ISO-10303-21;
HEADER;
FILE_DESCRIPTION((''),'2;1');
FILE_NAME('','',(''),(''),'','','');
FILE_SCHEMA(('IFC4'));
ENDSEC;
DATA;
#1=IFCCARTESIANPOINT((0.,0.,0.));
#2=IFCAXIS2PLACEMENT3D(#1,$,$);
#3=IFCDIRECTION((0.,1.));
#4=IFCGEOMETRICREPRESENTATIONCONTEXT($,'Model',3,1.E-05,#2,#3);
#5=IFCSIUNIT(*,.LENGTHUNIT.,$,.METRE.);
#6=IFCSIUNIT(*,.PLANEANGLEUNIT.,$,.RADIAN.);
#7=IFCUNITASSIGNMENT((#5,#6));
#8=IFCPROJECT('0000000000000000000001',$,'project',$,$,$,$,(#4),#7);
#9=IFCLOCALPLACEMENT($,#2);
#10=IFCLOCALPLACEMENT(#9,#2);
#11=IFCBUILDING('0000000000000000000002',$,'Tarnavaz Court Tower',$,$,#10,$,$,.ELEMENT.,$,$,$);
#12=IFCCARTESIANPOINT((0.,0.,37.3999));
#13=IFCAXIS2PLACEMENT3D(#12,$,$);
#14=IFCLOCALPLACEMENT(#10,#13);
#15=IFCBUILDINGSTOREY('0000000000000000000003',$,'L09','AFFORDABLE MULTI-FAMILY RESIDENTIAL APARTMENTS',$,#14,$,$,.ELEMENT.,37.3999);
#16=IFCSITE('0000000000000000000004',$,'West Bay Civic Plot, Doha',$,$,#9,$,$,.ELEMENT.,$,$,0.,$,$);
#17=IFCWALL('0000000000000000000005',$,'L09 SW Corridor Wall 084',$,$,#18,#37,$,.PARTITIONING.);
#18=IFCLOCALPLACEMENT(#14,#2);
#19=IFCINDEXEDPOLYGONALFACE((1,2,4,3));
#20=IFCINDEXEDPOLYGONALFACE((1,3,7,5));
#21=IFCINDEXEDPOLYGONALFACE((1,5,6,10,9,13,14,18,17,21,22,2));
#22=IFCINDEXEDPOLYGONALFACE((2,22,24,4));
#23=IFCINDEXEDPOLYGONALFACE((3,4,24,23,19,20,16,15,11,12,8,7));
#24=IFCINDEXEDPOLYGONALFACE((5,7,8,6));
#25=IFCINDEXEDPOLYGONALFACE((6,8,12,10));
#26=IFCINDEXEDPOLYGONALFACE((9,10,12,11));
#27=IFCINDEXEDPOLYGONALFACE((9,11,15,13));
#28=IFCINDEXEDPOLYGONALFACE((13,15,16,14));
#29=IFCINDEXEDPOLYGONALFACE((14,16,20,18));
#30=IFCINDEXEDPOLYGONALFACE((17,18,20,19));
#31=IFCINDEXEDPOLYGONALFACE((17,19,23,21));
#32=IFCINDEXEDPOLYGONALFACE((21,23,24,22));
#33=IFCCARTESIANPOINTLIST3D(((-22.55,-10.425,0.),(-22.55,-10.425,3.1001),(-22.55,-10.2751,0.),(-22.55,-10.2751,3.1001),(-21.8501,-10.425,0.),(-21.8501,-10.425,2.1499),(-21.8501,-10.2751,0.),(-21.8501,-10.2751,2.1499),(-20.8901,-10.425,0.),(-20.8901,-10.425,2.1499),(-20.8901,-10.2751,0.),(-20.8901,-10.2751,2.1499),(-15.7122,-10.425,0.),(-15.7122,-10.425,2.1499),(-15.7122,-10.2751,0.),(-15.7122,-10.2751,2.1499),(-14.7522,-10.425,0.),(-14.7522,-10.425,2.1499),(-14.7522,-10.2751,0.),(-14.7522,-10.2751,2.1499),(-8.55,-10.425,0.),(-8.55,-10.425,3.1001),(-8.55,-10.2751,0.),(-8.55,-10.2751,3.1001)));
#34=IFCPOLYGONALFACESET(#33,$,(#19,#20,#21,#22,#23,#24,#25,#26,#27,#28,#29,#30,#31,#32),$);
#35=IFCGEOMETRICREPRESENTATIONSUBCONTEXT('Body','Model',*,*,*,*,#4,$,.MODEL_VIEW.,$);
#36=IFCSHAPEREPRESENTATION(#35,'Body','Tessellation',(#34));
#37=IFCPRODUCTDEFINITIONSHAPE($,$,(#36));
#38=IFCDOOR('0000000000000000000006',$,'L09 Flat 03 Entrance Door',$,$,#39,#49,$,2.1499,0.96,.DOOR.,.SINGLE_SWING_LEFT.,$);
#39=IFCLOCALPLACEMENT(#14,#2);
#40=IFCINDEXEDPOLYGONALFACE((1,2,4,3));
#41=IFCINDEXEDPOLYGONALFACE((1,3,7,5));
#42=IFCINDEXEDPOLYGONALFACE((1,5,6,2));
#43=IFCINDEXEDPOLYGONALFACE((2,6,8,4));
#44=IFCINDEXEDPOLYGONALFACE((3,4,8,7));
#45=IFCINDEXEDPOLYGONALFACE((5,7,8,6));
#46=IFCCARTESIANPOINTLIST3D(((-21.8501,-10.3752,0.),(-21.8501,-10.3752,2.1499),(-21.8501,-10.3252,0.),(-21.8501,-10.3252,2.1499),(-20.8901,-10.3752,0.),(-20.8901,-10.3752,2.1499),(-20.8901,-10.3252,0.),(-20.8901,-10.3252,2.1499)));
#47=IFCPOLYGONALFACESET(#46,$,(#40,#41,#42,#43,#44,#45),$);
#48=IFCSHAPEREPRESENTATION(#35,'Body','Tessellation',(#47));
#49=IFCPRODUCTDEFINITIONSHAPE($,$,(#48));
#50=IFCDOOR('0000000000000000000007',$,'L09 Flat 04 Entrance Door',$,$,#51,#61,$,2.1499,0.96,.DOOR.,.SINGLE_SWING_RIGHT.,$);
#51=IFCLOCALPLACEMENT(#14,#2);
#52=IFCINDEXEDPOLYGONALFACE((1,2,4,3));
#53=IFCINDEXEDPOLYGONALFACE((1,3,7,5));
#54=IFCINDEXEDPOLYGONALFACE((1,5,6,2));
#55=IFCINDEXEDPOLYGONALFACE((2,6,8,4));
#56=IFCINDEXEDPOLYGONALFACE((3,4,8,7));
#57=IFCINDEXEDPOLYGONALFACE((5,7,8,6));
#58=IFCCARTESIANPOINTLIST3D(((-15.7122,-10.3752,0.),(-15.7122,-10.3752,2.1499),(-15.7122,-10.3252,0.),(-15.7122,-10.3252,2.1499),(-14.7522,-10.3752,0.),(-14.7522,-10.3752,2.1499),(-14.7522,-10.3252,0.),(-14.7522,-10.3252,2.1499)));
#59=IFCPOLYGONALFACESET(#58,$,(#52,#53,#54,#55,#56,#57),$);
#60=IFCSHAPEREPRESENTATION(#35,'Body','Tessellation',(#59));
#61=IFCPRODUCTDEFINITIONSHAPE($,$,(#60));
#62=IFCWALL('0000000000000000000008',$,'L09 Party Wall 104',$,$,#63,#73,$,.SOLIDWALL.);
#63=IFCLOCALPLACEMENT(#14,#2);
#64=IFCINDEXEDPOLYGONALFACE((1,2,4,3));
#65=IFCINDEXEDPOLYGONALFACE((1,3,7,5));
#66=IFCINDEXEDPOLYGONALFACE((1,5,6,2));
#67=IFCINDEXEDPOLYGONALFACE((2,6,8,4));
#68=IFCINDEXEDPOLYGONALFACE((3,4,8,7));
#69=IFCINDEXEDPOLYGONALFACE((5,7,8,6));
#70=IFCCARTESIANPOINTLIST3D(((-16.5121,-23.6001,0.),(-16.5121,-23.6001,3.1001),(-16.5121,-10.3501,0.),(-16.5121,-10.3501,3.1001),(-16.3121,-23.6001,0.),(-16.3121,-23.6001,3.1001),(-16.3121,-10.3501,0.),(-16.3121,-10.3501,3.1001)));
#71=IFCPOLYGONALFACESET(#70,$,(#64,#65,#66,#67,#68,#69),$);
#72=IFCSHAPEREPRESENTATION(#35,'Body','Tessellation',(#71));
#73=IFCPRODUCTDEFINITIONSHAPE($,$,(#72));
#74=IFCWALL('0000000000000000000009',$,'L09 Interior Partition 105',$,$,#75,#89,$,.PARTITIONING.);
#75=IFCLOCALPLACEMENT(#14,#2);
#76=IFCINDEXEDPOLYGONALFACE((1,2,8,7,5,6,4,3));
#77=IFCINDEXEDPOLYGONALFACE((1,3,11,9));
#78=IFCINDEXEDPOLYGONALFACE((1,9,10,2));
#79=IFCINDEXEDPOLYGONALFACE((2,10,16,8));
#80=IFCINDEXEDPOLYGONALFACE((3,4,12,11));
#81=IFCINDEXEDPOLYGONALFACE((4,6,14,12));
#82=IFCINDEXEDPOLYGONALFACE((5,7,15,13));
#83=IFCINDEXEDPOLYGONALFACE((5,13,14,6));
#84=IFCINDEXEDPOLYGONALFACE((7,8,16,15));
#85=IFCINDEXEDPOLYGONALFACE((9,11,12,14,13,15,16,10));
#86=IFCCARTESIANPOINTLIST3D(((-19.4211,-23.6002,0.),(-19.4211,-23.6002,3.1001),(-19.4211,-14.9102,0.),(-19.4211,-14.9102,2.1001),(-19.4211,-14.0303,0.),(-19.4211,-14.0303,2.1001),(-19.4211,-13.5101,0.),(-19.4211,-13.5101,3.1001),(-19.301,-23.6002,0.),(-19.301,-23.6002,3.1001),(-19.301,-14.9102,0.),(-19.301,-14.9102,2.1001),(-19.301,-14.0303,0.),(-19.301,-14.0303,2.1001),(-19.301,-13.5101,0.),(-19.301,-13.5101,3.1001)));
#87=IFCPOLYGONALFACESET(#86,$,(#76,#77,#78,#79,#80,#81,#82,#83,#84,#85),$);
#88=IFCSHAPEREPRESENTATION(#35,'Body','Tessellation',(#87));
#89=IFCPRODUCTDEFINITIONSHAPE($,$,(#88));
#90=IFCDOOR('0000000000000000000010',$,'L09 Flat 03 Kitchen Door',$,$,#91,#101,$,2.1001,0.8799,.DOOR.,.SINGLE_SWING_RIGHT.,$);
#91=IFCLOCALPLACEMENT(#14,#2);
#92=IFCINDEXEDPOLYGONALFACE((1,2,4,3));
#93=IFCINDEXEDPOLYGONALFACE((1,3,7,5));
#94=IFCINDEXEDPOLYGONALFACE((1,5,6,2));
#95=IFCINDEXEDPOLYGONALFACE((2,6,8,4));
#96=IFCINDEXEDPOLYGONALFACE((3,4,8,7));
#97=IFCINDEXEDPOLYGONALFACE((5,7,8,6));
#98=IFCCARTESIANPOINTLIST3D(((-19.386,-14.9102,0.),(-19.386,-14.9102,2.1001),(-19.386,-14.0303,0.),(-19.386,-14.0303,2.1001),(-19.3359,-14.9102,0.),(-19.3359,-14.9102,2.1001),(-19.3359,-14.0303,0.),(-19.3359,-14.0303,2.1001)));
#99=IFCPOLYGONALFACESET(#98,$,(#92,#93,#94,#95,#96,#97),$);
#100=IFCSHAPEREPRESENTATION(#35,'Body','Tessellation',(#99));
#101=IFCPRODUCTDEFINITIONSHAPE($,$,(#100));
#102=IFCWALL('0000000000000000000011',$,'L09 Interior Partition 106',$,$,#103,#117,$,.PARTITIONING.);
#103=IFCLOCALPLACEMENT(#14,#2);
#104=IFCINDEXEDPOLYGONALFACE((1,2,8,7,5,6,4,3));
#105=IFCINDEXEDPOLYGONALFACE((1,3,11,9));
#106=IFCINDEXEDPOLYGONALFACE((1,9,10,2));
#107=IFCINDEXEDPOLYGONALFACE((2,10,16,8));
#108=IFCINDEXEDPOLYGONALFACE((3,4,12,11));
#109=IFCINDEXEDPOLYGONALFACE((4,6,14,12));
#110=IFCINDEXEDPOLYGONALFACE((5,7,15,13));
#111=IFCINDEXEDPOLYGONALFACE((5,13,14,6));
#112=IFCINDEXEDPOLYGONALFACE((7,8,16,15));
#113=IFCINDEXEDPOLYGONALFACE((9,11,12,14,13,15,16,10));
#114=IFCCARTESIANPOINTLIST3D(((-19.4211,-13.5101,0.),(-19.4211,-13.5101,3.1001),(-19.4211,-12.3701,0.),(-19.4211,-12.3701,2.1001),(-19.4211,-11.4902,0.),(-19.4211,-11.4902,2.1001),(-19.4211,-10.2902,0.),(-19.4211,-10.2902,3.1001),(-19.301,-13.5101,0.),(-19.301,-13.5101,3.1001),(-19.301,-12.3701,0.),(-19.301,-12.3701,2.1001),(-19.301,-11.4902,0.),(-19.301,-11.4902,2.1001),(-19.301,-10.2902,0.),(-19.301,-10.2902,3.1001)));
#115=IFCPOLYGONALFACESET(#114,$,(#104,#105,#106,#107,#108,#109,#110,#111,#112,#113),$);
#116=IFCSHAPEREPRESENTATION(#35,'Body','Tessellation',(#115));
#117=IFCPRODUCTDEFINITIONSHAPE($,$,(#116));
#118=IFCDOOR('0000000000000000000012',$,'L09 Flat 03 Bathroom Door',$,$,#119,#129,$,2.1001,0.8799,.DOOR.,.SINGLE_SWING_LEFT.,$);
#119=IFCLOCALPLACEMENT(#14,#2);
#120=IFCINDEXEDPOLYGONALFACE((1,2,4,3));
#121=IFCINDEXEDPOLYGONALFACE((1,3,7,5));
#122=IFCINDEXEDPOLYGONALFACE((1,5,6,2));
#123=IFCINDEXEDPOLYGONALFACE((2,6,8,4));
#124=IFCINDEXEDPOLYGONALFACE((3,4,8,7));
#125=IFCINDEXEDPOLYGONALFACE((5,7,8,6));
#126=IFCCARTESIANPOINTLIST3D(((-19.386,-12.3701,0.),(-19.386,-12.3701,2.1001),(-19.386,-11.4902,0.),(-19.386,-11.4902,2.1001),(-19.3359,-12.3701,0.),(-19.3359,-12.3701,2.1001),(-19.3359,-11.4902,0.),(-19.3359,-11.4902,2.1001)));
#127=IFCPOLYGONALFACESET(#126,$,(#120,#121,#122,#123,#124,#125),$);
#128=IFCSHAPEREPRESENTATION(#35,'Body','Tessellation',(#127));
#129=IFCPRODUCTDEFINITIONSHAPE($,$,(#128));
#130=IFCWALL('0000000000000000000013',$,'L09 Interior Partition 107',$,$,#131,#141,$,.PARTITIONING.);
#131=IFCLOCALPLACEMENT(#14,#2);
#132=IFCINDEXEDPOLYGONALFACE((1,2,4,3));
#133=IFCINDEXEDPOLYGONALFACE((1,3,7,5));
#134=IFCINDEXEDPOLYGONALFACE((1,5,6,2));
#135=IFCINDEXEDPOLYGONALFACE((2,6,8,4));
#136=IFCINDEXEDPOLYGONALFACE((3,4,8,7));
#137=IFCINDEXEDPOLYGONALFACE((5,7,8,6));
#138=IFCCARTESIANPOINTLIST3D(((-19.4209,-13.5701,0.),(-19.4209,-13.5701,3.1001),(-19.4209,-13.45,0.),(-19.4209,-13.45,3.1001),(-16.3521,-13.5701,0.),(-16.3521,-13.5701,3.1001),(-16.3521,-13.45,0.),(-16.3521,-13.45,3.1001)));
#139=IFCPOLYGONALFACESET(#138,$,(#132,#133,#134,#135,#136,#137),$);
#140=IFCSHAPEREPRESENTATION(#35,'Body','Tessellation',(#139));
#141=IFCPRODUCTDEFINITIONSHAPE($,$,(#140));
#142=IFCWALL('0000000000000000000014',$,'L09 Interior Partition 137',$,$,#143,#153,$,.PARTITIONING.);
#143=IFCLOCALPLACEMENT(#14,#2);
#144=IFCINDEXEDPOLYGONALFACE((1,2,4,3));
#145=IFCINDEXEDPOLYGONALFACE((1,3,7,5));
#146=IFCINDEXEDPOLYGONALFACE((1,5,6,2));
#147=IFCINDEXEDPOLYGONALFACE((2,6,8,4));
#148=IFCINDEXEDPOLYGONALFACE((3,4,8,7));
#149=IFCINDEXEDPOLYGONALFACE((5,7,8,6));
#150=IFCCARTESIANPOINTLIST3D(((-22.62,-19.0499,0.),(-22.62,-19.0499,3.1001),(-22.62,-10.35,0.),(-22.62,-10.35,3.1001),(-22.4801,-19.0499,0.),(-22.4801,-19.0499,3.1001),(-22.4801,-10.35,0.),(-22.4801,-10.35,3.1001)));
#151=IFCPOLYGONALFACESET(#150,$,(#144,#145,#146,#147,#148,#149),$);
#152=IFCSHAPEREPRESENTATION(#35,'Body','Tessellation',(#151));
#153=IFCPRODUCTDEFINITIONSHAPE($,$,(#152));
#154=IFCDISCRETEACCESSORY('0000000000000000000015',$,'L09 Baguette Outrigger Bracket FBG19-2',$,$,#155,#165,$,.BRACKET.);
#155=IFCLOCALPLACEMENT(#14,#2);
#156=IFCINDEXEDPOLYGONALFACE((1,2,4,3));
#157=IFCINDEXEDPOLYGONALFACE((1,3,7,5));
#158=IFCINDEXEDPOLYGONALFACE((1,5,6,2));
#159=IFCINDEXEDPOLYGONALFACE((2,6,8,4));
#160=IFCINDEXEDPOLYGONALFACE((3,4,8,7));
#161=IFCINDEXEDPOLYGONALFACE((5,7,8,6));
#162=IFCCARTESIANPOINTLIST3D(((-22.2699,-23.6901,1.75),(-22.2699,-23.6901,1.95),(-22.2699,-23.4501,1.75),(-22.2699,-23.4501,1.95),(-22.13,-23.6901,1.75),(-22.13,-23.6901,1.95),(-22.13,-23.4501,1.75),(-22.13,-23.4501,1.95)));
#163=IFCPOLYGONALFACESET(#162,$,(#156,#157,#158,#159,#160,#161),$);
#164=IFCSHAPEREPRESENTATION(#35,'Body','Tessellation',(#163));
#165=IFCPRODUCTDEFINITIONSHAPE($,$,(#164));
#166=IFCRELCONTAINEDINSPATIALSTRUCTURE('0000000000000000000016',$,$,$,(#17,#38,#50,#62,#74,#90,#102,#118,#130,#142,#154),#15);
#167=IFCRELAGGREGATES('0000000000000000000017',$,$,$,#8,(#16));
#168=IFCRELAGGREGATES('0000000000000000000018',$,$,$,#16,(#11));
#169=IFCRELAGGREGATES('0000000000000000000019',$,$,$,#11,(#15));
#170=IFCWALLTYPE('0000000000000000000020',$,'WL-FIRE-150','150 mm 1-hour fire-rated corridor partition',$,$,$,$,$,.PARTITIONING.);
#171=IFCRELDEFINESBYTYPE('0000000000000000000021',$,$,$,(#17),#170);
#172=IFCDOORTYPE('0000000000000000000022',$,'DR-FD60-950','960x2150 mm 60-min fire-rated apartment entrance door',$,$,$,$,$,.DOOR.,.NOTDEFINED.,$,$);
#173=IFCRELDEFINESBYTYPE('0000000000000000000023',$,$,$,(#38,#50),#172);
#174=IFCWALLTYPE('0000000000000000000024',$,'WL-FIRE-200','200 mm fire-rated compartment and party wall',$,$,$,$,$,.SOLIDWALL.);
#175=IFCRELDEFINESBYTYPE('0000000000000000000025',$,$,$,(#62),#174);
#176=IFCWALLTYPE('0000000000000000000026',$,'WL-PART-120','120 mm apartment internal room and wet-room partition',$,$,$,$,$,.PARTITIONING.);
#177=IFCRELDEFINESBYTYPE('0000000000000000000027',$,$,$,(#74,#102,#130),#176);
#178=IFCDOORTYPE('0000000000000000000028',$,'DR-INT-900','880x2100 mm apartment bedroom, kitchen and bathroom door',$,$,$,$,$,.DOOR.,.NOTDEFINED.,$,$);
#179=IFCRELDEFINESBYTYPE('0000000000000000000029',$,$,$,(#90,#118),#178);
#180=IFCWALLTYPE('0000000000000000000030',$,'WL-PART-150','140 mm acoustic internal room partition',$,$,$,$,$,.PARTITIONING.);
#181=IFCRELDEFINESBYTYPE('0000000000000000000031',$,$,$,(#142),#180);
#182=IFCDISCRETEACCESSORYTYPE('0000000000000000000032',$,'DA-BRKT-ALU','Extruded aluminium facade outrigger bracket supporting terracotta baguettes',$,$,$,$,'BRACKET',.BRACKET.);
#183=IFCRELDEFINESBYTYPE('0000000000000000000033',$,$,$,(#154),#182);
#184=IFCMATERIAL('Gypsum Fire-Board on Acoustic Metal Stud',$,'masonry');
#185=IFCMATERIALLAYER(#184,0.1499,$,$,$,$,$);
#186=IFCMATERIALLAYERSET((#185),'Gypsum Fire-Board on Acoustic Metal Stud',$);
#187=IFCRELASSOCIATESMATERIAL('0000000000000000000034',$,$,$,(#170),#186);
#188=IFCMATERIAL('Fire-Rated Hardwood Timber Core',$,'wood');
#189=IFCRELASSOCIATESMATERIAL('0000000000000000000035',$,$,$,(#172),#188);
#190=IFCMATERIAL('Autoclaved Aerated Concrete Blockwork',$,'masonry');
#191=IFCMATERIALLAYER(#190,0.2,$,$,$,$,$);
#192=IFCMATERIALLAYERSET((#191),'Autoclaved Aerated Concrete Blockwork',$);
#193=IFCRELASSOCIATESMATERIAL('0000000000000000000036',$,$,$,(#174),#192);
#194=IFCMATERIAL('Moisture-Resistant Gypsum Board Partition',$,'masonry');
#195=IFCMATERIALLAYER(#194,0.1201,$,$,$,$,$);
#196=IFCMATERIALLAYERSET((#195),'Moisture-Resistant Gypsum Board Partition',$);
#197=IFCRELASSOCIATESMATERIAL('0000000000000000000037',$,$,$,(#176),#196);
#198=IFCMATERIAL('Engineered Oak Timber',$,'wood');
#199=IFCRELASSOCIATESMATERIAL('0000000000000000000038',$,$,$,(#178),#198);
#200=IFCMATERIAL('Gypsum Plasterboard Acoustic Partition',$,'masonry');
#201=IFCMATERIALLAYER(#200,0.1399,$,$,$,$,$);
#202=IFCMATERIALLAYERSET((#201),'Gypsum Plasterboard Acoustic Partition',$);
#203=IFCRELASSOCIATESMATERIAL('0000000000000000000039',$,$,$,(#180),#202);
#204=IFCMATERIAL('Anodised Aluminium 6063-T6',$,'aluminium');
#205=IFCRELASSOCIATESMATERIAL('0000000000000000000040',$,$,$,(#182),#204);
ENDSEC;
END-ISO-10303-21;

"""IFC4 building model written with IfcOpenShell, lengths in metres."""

from ifc_helpers import new_model, si_unit, direction, frame, frame_2d, origin, origin_2d, place, context, subcontext, project, spatial, rectangle, extrude, material, layer, layer_set, type_object, element, fill, save


model = new_model("IFC4")

# Units and contexts
model_context = context("Model", 3, precision=1e-05, world=origin(), true_north=direction((0.0, 1.0)))
body_context = subcontext(model_context, "Body", "Model", "MODEL_VIEW")
ifc_project = project(units=[si_unit("LENGTHUNIT", "METRE"), si_unit("PLANEANGLEUNIT", "RADIAN")], contexts=[model_context])

# Site, building, storey
site_placement = place(None, origin())
site = spatial("IfcSite", under=ifc_project, at=site_placement, Name="West Bay Civic Plot, Doha", CompositionType="ELEMENT", RefElevation=0.0)
building_placement = place(site_placement, origin())
building = spatial("IfcBuilding", under=site, at=building_placement, Name="Tarnavaz Court Tower", CompositionType="ELEMENT")
storey_placement = place(building_placement, frame((0.0, 0.0, 37.3999)))
storey = spatial("IfcBuildingStorey", under=building, at=storey_placement, Name="L09", Description="AFFORDABLE MULTI-FAMILY RESIDENTIAL APARTMENTS", CompositionType="ELEMENT", Elevation=37.3999)

# Wall, openings, doors
ifc_material_1 = material(Name="Gypsum Fire-Board on Acoustic Metal Stud", Category="masonry")
ifc_layer_1 = layer(ifc_material_1, 0.1499)
ifc_layer_set_1 = layer_set([ifc_layer_1], Name="Gypsum Fire-Board on Acoustic Metal Stud")
wall_type_1 = type_object("IfcWallType", Name="WL-FIRE-150", Description="150 mm 1-hour fire-rated corridor partition", PredefinedType="PARTITIONING", material=ifc_layer_set_1)
wall_1_placement = place(storey_placement, frame((-22.55, -10.3501, 0.0), z_axis=(0.0, 0.0, 1.0), x_axis=(1.0, 0.0, 0.0)))
wall_1 = element("IfcWall", 1, at=wall_1_placement, inside=storey, type_object=wall_type_1, Name="L09 SW Corridor Wall 084", PredefinedType="PARTITIONING", context=body_context, shape_type="SweptSolid", body=[
    extrude(rectangle(XDim=14.0, YDim=0.1499, at=frame_2d((7.0, 0.0))), origin(), (0.0, 0.0, 1.0), 3.1001),
])
opening_1_placement = place(wall_1_placement, frame((0.7, 0.0, 0.0)))
opening_1 = element("IfcOpeningElement", 2, at=opening_1_placement, cuts=wall_1, PredefinedType="OPENING", context=body_context, shape_type="SweptSolid", body=[
    extrude(rectangle(XDim=0.96, YDim=2.1499, at=frame_2d((0.48, 1.075))), frame((0.0, 0.085, 0.0), z_axis=(0.0, -1.0, 0.0), x_axis=(1.0, 0.0, 0.0)), (0.0, 0.0, 1.0), 0.1699),
])
opening_2_placement = place(wall_1_placement, frame((6.8379, 0.0, 0.0)))
opening_2 = element("IfcOpeningElement", 3, at=opening_2_placement, cuts=wall_1, PredefinedType="OPENING", context=body_context, shape_type="SweptSolid", body=[
    extrude(rectangle(XDim=0.96, YDim=2.1499, at=frame_2d((0.48, 1.075))), frame((0.0, 0.085, 0.0), z_axis=(0.0, -1.0, 0.0), x_axis=(1.0, 0.0, 0.0)), (0.0, 0.0, 1.0), 0.1699),
])
ifc_material_2 = material(Name="Fire-Rated Hardwood Timber Core", Category="wood")
door_type_1 = type_object("IfcDoorType", Name="DR-FD60-950", Description="960x2150 mm 60-min fire-rated apartment entrance door", OperationType="NOTDEFINED", PredefinedType="DOOR", material=ifc_material_2)
door_1_placement = place(opening_1_placement, origin())
door_1 = element("IfcDoor", 4, at=door_1_placement, inside=storey, type_object=door_type_1, Name="L09 Flat 03 Entrance Door", OperationType="SINGLE_SWING_LEFT", OverallHeight=2.1499, OverallWidth=0.96, PredefinedType="DOOR", context=body_context, shape_type="SweptSolid", body=[
    extrude(rectangle(XDim=0.96, YDim=2.1499, at=frame_2d((0.48, 1.075))), frame((0.0, 0.0249, 0.0), z_axis=(0.0, -1.0, 0.0), x_axis=(1.0, 0.0, 0.0)), (0.0, 0.0, 1.0), 0.05),
])
fill(opening_1, door_1)
door_2_placement = place(opening_2_placement, origin())
door_2 = element("IfcDoor", 5, at=door_2_placement, inside=storey, type_object=door_type_1, Name="L09 Flat 04 Entrance Door", OperationType="SINGLE_SWING_RIGHT", OverallHeight=2.1499, OverallWidth=0.96, PredefinedType="DOOR", context=body_context, shape_type="SweptSolid", body=[
    extrude(rectangle(XDim=0.96, YDim=2.1499, at=frame_2d((0.48, 1.075))), frame((0.0, 0.0249, 0.0), z_axis=(0.0, -1.0, 0.0), x_axis=(1.0, 0.0, 0.0)), (0.0, 0.0, 1.0), 0.05),
])
fill(opening_2, door_2)

# Wall
ifc_material_3 = material(Name="Autoclaved Aerated Concrete Blockwork", Category="masonry")
ifc_layer_2 = layer(ifc_material_3, 0.2)
ifc_layer_set_2 = layer_set([ifc_layer_2], Name="Autoclaved Aerated Concrete Blockwork")
wall_type_2 = type_object("IfcWallType", Name="WL-FIRE-200", Description="200 mm fire-rated compartment and party wall", PredefinedType="SOLIDWALL", material=ifc_layer_set_2)
wall_2_placement = place(storey_placement, frame((-16.4121, -23.6001, 0.0), z_axis=(0.0, 0.0, 1.0), x_axis=(0.0, 1.0, 0.0)))
element("IfcWall", 6, at=wall_2_placement, inside=storey, type_object=wall_type_2, Name="L09 Party Wall 104", PredefinedType="SOLIDWALL", context=body_context, shape_type="SweptSolid", body=[
    extrude(rectangle(XDim=13.25, YDim=0.2, at=frame_2d((6.625, 0.0))), origin(), (0.0, 0.0, 1.0), 3.1001),
])

# Walls, openings, doors
ifc_material_4 = material(Name="Moisture-Resistant Gypsum Board Partition", Category="masonry")
ifc_layer_3 = layer(ifc_material_4, 0.1201)
ifc_layer_set_3 = layer_set([ifc_layer_3], Name="Moisture-Resistant Gypsum Board Partition")
wall_type_3 = type_object("IfcWallType", Name="WL-PART-120", Description="120 mm apartment internal room and wet-room partition", PredefinedType="PARTITIONING", material=ifc_layer_set_3)
wall_3_placement = place(storey_placement, frame((-19.3611, -23.6001, 0.0), z_axis=(0.0, 0.0, 1.0), x_axis=(0.0, 1.0, 0.0)))
wall_3 = element("IfcWall", 7, at=wall_3_placement, inside=storey, type_object=wall_type_3, Name="L09 Interior Partition 105", PredefinedType="PARTITIONING", context=body_context, shape_type="SweptSolid", body=[
    extrude(rectangle(XDim=10.0901, YDim=0.1201, at=frame_2d((5.0449, 0.0))), origin(), (0.0, 0.0, 1.0), 3.1001),
])
opening_3_placement = place(wall_3_placement, frame((8.6899, 0.0, 0.0)))
opening_3 = element("IfcOpeningElement", 8, at=opening_3_placement, cuts=wall_3, PredefinedType="OPENING", context=body_context, shape_type="SweptSolid", body=[
    extrude(rectangle(XDim=0.8799, YDim=2.1001, at=frame_2d((0.4399, 1.05))), frame((0.0, 0.0701, 0.0), z_axis=(0.0, -1.0, 0.0), x_axis=(1.0, 0.0, 0.0)), (0.0, 0.0, 1.0), 0.1401),
])
ifc_material_5 = material(Name="Engineered Oak Timber", Category="wood")
door_type_2 = type_object("IfcDoorType", Name="DR-INT-900", Description="880x2100 mm apartment bedroom, kitchen and bathroom door", OperationType="NOTDEFINED", PredefinedType="DOOR", material=ifc_material_5)
door_3_placement = place(opening_3_placement, origin())
door_3 = element("IfcDoor", 9, at=door_3_placement, inside=storey, type_object=door_type_2, Name="L09 Flat 03 Kitchen Door", OperationType="SINGLE_SWING_RIGHT", OverallHeight=2.1001, OverallWidth=0.8799, PredefinedType="DOOR", context=body_context, shape_type="SweptSolid", body=[
    extrude(rectangle(XDim=0.8799, YDim=2.1001, at=frame_2d((0.4399, 1.05))), frame((0.0, 0.0249, 0.0), z_axis=(0.0, -1.0, 0.0), x_axis=(1.0, 0.0, 0.0)), (0.0, 0.0, 1.0), 0.05),
])
fill(opening_3, door_3)
wall_4_placement = place(storey_placement, frame((-19.3611, -13.51, 0.0), z_axis=(0.0, 0.0, 1.0), x_axis=(0.0, 1.0, 0.0)))
wall_4 = element("IfcWall", 10, at=wall_4_placement, inside=storey, type_object=wall_type_3, Name="L09 Interior Partition 106", PredefinedType="PARTITIONING", context=body_context, shape_type="SweptSolid", body=[
    extrude(rectangle(XDim=3.22, YDim=0.1201, at=frame_2d((1.6099, 0.0))), origin(), (0.0, 0.0, 1.0), 3.1001),
])
opening_4_placement = place(wall_4_placement, frame((1.1399, 0.0, 0.0)))
opening_4 = element("IfcOpeningElement", 11, at=opening_4_placement, cuts=wall_4, PredefinedType="OPENING", context=body_context, shape_type="SweptSolid", body=[
    extrude(rectangle(XDim=0.8799, YDim=2.1001, at=frame_2d((0.4399, 1.05))), frame((0.0, 0.0701, 0.0), z_axis=(0.0, -1.0, 0.0), x_axis=(1.0, 0.0, 0.0)), (0.0, 0.0, 1.0), 0.1401),
])
door_4_placement = place(opening_4_placement, origin())
door_4 = element("IfcDoor", 12, at=door_4_placement, inside=storey, type_object=door_type_2, Name="L09 Flat 03 Bathroom Door", OperationType="SINGLE_SWING_LEFT", OverallHeight=2.1001, OverallWidth=0.8799, PredefinedType="DOOR", context=body_context, shape_type="SweptSolid", body=[
    extrude(rectangle(XDim=0.8799, YDim=2.1001, at=frame_2d((0.4399, 1.05))), frame((0.0, 0.0249, 0.0), z_axis=(0.0, -1.0, 0.0), x_axis=(1.0, 0.0, 0.0)), (0.0, 0.0, 1.0), 0.05),
])
fill(opening_4, door_4)

# Walls
wall_5_placement = place(storey_placement, frame((-19.4209, -13.51, 0.0), z_axis=(0.0, 0.0, 1.0), x_axis=(1.0, 0.0, 0.0)))
element("IfcWall", 13, at=wall_5_placement, inside=storey, type_object=wall_type_3, Name="L09 Interior Partition 107", PredefinedType="PARTITIONING", context=body_context, shape_type="SweptSolid", body=[
    extrude(rectangle(XDim=3.0688, YDim=0.1201, at=frame_2d((1.5344, 0.0))), origin(), (0.0, 0.0, 1.0), 3.1001),
])
ifc_material_6 = material(Name="Gypsum Plasterboard Acoustic Partition", Category="masonry")
ifc_layer_4 = layer(ifc_material_6, 0.1399)
ifc_layer_set_4 = layer_set([ifc_layer_4], Name="Gypsum Plasterboard Acoustic Partition")
wall_type_4 = type_object("IfcWallType", Name="WL-PART-150", Description="140 mm acoustic internal room partition", PredefinedType="PARTITIONING", material=ifc_layer_set_4)
wall_6_placement = place(storey_placement, frame((-22.55, -19.05, 0.0), z_axis=(0.0, 0.0, 1.0), x_axis=(0.0, 1.0, 0.0)))
element("IfcWall", 14, at=wall_6_placement, inside=storey, type_object=wall_type_4, Name="L09 Interior Partition 137", PredefinedType="PARTITIONING", context=body_context, shape_type="SweptSolid", body=[
    extrude(rectangle(XDim=8.7, YDim=0.1399, at=frame_2d((4.3501, 0.0))), origin(), (0.0, 0.0, 1.0), 3.1001),
])

# Discrete accessory
ifc_material_7 = material(Name="Anodised Aluminium 6063-T6", Category="aluminium")
discrete_accessory_type = type_object("IfcDiscreteAccessoryType", Name="DA-BRKT-ALU", Description="Extruded aluminium facade outrigger bracket supporting terracotta baguettes", ElementType="BRACKET", PredefinedType="BRACKET", material=ifc_material_7)
discrete_accessory_placement = place(storey_placement, frame((-22.2, -23.5701, 1.75), z_axis=(0.0, 0.0, 1.0), x_axis=(-1.0, 0.0, 0.0)))
element("IfcDiscreteAccessory", 15, at=discrete_accessory_placement, inside=storey, type_object=discrete_accessory_type, Name="L09 Baguette Outrigger Bracket FBG19-2", PredefinedType="BRACKET", context=body_context, shape_type="SweptSolid", body=[
    extrude(rectangle(XDim=0.1399, YDim=0.24, at=origin_2d()), origin(), (0.0, 0.0, 1.0), 0.2),
])

save(model, "model.ifc")
